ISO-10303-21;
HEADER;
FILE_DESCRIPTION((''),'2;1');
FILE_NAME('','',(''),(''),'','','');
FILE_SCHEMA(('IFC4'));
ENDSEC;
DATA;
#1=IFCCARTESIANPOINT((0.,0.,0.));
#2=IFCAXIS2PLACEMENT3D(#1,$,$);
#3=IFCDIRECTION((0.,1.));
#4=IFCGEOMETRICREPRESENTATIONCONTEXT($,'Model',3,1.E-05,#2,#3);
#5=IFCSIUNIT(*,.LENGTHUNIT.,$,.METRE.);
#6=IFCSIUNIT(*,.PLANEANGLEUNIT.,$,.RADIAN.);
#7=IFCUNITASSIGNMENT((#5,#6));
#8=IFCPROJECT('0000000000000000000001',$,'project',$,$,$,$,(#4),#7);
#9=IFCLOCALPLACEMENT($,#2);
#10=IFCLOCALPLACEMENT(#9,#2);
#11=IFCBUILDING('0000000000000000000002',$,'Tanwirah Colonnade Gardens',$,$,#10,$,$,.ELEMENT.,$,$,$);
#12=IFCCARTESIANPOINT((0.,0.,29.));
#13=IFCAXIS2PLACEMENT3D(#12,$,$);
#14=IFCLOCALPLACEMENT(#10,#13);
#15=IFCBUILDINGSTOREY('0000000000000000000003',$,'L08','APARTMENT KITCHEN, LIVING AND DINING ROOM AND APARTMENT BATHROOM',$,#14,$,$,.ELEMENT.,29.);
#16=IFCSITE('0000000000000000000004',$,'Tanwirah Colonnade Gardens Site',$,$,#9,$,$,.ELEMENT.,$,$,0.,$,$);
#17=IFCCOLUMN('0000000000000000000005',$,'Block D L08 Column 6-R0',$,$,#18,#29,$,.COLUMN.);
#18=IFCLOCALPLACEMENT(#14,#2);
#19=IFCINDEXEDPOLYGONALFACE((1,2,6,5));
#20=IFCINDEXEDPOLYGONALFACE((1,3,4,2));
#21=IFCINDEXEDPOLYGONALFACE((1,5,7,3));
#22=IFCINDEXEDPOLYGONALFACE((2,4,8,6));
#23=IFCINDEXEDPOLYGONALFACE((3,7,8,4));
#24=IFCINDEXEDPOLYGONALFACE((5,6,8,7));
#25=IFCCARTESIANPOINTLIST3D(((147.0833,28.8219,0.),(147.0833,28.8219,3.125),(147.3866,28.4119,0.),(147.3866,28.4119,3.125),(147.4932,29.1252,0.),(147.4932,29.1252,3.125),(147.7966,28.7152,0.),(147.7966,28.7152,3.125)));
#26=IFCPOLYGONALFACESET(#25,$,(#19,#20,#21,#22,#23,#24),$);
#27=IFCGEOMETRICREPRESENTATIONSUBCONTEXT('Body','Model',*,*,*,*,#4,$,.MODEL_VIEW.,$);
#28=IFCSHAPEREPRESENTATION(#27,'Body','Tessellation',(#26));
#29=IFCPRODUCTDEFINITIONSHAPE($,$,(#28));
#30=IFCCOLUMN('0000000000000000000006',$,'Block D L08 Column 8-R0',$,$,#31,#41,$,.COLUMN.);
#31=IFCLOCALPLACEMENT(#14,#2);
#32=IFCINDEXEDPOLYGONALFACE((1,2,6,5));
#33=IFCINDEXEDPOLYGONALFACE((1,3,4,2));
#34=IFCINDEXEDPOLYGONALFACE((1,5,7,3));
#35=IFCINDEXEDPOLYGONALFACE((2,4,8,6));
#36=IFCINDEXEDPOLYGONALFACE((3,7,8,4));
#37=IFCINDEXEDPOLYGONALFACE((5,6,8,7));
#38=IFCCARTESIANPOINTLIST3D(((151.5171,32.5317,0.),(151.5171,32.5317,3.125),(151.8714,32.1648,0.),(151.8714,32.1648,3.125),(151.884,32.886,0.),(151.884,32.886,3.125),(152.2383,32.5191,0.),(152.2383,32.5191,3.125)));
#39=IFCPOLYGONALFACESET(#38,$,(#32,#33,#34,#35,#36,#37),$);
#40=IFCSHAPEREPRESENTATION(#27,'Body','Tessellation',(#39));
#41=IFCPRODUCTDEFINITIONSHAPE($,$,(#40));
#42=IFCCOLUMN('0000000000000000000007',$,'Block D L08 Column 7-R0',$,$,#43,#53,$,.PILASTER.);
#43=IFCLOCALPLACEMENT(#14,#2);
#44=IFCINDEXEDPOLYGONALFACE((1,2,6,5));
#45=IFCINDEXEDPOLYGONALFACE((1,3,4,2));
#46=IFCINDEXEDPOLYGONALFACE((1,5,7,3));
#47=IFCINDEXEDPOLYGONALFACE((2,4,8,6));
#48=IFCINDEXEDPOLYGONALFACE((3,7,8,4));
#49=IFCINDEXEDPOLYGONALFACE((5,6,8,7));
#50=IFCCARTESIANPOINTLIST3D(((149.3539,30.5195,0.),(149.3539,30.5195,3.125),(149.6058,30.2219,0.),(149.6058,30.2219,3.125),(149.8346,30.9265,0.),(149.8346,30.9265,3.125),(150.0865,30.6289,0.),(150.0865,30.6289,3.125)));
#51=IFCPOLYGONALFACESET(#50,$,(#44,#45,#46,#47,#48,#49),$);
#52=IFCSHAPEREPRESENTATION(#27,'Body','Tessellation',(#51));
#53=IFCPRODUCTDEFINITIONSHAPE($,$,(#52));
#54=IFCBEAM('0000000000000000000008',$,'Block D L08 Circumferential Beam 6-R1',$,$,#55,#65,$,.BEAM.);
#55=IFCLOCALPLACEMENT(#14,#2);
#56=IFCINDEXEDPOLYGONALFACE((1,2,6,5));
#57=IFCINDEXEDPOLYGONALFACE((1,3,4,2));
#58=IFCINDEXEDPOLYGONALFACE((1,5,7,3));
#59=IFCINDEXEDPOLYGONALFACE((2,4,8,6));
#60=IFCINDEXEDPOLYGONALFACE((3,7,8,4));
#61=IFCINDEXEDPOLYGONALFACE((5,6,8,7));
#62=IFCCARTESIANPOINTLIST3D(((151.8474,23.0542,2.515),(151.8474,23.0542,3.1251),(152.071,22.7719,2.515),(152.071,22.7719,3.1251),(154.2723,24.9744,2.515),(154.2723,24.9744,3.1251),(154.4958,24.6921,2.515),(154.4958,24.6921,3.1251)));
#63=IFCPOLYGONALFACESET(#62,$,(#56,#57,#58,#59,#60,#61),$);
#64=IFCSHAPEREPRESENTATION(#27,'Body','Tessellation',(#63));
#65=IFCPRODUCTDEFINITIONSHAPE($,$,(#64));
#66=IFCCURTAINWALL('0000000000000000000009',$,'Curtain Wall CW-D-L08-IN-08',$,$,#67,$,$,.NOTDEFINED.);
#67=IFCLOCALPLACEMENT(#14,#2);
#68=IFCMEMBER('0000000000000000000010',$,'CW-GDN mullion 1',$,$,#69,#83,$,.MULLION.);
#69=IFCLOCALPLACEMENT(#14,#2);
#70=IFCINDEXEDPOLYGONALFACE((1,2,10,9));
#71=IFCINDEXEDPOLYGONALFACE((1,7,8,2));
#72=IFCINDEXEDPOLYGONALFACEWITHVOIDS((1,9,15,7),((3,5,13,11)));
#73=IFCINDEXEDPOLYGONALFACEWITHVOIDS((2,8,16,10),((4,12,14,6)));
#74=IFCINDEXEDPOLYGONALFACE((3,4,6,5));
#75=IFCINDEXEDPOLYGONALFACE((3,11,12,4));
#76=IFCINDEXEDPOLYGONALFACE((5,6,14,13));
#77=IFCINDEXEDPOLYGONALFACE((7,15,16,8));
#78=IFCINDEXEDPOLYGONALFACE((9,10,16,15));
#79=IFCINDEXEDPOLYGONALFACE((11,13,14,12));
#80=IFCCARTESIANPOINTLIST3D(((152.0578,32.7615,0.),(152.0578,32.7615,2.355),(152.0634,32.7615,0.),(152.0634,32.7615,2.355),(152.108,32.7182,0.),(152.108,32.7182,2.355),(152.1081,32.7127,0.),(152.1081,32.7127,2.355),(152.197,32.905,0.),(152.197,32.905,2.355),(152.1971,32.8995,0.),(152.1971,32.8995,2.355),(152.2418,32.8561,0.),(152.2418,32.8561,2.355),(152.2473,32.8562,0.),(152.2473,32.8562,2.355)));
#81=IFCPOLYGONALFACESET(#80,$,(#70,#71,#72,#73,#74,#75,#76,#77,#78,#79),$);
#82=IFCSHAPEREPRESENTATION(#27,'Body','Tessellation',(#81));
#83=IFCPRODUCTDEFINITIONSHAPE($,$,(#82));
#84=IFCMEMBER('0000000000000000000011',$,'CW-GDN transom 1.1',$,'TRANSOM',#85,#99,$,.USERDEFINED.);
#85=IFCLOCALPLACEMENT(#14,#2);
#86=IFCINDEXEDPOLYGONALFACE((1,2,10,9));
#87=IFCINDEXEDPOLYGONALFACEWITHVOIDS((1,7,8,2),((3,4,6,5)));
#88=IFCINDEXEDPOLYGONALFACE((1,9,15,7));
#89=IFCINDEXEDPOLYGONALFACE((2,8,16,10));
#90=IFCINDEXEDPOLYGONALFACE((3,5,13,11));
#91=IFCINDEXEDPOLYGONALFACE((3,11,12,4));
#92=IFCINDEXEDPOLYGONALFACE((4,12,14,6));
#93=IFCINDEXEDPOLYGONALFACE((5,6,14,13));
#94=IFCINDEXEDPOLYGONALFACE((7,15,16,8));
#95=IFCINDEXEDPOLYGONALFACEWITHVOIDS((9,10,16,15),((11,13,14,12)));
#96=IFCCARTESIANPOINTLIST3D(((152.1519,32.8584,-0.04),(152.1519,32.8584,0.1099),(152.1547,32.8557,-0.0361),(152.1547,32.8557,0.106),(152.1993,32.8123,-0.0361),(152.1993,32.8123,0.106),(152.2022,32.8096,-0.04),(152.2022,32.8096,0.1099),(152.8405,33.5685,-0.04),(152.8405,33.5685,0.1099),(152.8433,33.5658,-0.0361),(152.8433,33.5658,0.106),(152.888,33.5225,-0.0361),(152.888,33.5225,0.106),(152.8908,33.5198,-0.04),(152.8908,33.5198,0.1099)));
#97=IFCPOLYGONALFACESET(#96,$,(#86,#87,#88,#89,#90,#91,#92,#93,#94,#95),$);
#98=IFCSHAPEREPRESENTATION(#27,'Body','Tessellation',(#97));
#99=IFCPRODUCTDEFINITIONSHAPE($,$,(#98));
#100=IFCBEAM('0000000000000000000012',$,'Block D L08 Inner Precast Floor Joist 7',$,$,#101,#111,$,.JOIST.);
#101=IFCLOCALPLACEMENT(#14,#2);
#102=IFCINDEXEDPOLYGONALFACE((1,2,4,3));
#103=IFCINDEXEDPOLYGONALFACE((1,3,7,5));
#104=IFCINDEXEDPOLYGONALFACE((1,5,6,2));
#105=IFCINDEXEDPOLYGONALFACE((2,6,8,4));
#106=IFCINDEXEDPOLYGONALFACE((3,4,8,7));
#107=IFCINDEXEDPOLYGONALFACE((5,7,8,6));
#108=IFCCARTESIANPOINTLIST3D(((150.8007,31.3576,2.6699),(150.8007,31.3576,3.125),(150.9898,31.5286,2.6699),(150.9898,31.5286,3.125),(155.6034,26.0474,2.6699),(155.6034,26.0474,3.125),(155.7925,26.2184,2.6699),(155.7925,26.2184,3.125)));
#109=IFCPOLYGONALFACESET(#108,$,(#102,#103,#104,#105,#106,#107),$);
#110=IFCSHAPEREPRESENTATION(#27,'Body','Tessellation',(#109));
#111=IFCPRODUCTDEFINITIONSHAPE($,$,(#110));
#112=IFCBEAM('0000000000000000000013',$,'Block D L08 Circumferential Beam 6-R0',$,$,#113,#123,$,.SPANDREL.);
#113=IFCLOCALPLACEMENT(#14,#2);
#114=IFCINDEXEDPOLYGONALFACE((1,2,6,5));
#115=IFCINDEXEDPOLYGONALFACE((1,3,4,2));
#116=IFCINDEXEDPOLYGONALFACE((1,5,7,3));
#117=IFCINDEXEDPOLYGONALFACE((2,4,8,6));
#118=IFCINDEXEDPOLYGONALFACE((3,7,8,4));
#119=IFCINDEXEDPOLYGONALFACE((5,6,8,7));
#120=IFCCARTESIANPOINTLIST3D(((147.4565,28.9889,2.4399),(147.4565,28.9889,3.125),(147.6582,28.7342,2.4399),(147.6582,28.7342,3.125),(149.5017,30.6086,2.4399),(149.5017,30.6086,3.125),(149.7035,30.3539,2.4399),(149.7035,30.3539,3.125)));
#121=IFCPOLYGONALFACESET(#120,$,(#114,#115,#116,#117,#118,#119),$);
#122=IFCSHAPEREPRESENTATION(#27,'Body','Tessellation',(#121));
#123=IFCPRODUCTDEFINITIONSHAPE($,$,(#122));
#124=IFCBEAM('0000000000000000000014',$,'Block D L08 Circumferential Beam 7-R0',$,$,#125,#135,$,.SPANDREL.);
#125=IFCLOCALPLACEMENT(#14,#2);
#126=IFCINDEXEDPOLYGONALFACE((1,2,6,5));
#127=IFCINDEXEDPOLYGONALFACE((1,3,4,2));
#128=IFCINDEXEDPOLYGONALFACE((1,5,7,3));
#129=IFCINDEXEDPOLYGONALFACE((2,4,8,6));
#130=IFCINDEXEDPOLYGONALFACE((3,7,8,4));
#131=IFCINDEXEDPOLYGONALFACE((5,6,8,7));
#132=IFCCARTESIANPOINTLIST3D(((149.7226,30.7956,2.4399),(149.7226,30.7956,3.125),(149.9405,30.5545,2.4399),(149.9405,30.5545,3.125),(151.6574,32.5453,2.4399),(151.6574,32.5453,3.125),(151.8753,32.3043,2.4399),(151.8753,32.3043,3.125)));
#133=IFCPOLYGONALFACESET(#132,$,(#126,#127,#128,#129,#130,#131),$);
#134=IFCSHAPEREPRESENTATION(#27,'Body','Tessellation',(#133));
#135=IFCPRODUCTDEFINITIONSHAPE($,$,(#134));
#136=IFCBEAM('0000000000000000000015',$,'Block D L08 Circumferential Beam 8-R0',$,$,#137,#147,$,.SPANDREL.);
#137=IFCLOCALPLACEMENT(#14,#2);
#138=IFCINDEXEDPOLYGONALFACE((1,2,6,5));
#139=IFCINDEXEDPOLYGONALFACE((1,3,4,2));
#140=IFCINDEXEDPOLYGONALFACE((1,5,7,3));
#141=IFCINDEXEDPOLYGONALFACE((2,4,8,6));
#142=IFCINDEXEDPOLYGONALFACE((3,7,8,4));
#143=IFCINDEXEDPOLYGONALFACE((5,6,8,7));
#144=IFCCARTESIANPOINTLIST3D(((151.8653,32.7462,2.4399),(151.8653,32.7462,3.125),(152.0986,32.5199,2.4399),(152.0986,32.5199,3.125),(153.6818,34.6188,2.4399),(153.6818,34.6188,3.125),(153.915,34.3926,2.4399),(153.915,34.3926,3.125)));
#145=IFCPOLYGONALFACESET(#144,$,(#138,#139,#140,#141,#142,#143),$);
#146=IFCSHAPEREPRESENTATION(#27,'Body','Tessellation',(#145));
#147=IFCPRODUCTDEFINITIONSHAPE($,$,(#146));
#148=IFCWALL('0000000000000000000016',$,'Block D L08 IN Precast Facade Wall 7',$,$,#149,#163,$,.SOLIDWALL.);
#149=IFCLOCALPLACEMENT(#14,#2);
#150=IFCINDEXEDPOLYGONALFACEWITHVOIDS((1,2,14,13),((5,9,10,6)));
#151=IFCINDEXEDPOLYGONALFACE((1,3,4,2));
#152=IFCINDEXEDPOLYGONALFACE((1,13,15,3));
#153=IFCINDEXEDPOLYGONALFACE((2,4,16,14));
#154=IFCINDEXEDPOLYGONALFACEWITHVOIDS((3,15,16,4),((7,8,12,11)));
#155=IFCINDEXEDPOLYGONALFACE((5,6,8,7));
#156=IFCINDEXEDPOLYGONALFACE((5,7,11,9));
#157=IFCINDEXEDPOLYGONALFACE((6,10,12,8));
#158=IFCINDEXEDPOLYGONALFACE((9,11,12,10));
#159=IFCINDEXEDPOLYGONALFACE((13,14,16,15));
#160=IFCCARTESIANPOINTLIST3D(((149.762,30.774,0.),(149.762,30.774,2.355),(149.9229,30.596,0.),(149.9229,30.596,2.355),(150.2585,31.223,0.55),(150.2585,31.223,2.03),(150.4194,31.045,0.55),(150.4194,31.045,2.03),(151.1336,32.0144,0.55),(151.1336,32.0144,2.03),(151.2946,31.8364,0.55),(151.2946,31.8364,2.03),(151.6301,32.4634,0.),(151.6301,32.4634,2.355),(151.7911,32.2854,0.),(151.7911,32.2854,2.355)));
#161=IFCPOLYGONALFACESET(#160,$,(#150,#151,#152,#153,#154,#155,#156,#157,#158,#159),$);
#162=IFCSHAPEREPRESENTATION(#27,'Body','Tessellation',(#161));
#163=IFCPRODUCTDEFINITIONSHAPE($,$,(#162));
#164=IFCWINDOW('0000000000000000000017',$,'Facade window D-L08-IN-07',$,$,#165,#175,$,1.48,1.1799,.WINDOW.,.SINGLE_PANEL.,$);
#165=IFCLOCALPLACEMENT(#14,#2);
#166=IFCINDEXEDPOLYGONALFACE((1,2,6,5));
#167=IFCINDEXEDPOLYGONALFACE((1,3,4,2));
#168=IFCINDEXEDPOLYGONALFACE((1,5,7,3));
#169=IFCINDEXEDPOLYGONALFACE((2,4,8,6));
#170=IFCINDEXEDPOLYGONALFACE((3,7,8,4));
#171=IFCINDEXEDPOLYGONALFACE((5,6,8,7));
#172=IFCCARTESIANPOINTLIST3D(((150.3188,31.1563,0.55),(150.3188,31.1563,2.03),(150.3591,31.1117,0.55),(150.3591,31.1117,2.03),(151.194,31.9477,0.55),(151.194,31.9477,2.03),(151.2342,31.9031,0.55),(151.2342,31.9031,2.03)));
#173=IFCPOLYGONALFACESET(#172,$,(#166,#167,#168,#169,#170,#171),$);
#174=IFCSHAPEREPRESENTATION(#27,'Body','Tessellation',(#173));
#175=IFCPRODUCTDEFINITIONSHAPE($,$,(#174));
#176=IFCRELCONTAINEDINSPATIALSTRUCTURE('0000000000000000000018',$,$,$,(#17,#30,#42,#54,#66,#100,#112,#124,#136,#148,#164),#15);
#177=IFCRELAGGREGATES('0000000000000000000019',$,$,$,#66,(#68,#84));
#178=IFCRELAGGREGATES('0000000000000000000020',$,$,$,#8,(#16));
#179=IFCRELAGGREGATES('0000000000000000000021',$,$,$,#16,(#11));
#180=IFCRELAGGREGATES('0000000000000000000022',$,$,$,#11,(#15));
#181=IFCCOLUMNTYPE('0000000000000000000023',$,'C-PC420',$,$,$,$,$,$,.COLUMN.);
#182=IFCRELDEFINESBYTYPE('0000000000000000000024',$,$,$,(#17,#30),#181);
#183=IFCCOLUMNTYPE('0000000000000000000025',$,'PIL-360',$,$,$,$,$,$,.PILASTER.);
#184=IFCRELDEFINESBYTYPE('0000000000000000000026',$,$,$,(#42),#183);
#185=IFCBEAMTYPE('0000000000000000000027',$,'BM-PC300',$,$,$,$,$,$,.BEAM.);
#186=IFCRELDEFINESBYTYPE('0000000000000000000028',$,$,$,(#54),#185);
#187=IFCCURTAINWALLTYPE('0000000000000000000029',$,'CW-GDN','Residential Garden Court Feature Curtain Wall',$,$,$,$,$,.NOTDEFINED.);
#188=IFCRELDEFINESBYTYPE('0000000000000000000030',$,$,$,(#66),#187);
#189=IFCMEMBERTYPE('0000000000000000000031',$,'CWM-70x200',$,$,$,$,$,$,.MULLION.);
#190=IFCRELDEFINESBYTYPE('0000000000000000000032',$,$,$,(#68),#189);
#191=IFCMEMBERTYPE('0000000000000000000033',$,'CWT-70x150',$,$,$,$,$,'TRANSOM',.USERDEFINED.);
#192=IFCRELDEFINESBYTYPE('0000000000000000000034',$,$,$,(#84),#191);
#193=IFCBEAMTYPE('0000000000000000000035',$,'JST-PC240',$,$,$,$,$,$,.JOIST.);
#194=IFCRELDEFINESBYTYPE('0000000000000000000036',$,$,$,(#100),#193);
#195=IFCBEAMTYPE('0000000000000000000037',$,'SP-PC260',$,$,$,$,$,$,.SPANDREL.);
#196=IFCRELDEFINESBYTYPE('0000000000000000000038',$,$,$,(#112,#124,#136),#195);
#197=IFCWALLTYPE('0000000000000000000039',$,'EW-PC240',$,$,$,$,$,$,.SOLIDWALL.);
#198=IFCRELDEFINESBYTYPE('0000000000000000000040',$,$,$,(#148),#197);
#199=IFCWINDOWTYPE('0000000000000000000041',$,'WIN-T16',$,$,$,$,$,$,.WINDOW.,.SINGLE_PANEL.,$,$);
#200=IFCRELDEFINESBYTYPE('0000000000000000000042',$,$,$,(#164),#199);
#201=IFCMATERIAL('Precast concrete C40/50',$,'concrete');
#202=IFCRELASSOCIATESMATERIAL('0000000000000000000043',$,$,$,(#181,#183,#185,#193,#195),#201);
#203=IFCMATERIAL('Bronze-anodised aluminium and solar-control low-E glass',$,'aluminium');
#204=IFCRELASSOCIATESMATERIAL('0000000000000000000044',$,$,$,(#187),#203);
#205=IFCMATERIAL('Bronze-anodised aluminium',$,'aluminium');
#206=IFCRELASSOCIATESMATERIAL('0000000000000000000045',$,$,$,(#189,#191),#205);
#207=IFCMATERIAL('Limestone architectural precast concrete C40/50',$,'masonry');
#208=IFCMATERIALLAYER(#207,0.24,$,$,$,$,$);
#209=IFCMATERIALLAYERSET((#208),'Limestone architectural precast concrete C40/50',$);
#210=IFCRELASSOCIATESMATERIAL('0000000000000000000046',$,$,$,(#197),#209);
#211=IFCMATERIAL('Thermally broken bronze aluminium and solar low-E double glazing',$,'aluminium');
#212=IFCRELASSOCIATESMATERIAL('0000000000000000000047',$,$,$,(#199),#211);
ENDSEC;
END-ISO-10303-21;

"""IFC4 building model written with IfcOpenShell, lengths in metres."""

from ifc_helpers import new_model, si_unit, direction, frame, frame_2d, origin, origin_2d, place, context, subcontext, project, spatial, rectangle, hollow_rectangle, extrude, material, layer, layer_set, material_profile, profile_set, type_object, element, fill, aggregate, save


model = new_model("IFC4")

# Units and contexts
model_context = context("Model", 3, precision=1e-05, world=origin(), true_north=direction((0.0, 1.0)))
body_context = subcontext(model_context, "Body", "Model", "MODEL_VIEW")
ifc_project = project(units=[si_unit("LENGTHUNIT", "METRE"), si_unit("PLANEANGLEUNIT", "RADIAN")], contexts=[model_context])

# Site, building, storey
site_placement = place(None, origin())
site = spatial("IfcSite", under=ifc_project, at=site_placement, Name="Tanwirah Colonnade Gardens Site", CompositionType="ELEMENT", RefElevation=0.0)
building_placement = place(site_placement, origin())
building = spatial("IfcBuilding", under=site, at=building_placement, Name="Tanwirah Colonnade Gardens", CompositionType="ELEMENT")
storey_placement = place(building_placement, frame((0.0, 0.0, 29.0)))
storey = spatial("IfcBuildingStorey", under=building, at=storey_placement, Name="L08", Description="APARTMENT KITCHEN, LIVING AND DINING ROOM AND APARTMENT BATHROOM", CompositionType="ELEMENT", Elevation=29.0)

# Columns
ifc_material_1 = material(Name="Precast concrete C40/50", Category="concrete")
ifc_material_profile_1 = material_profile(ifc_material_1, rectangle(XDim=0.51, YDim=0.51, at=origin_2d()), Name="PC-COL 510x510")
ifc_profile_set_1 = profile_set([ifc_material_profile_1], Name="Precast concrete C40/50")
column_type_1 = type_object("IfcColumnType", Name="C-PC420", PredefinedType="COLUMN", material=ifc_profile_set_1)
for number, where, z_axis, x_axis, name in (
    (1, (147.4399, 28.7686, 0.0), (0.0, 0.0, 1.0), (0.594823, -0.803857, 0.0), "Block D L08 Column 6-R0"),
    (2, (151.8777, 32.5254, 0.0), (0.0, 0.0, 1.0), (0.694658, -0.71934, 0.0), "Block D L08 Column 8-R0"),
):
    element("IfcColumn", number, at=place(storey_placement, frame(where, z_axis=z_axis, x_axis=x_axis)), inside=storey, type_object=column_type_1, Name=name, PredefinedType="COLUMN", context=body_context, shape_type="SweptSolid", body=[
        extrude(rectangle(XDim=0.51, YDim=0.51, at=origin_2d()), origin(), (0.0, 0.0, 1.0), 3.125),
    ])
ifc_material_profile_2 = material_profile(ifc_material_1, rectangle(XDim=0.3899, YDim=0.6299, at=origin_2d()), Name="PC-PIL 390x630")
ifc_profile_set_2 = profile_set([ifc_material_profile_2], Name="Precast concrete C40/50")
column_type_2 = type_object("IfcColumnType", Name="PIL-360", PredefinedType="PILASTER", material=ifc_profile_set_2)
column_placement = place(storey_placement, frame((149.7202, 30.5742, 0.0), z_axis=(0.0, 0.0, 1.0), x_axis=(0.646124, -0.763232, 0.0)))
element("IfcColumn", 3, at=column_placement, inside=storey, type_object=column_type_2, Name="Block D L08 Column 7-R0", PredefinedType="PILASTER", context=body_context, shape_type="SweptSolid", body=[
    extrude(rectangle(XDim=0.3899, YDim=0.6299, at=origin_2d()), origin(), (0.0, 0.0, 1.0), 3.125),
])

# Beam
ifc_material_profile_3 = material_profile(ifc_material_1, rectangle(XDim=0.3601, YDim=0.6101, at=origin_2d()), Name="PC-BM 360x610")
ifc_profile_set_3 = profile_set([ifc_material_profile_3], Name="Precast concrete C40/50")
beam_type_1 = type_object("IfcBeamType", Name="BM-PC300", PredefinedType="BEAM", material=ifc_profile_set_3)
beam_1_placement = place(storey_placement, frame((151.9592, 22.9131, 2.8201), z_axis=(0.783963, 0.620808, 0.0), x_axis=(-0.620808, 0.783963, 0.0)))
element("IfcBeam", 4, at=beam_1_placement, inside=storey, type_object=beam_type_1, Name="Block D L08 Circumferential Beam 6-R1", PredefinedType="BEAM", context=body_context, shape_type="SweptSolid", body=[
    extrude(rectangle(XDim=0.3601, YDim=0.6101, at=origin_2d()), origin(), (0.0, 0.0, 1.0), 3.093),
])

# Curtain wall, members
ifc_material_2 = material(Name="Bronze-anodised aluminium and solar-control low-E glass", Category="aluminium")
curtain_wall_type = type_object("IfcCurtainWallType", Name="CW-GDN", Description="Residential Garden Court Feature Curtain Wall", PredefinedType="NOTDEFINED", material=ifc_material_2)
curtain_wall_placement = place(storey_placement, origin())
curtain_wall = element("IfcCurtainWall", 5, at=curtain_wall_placement, inside=storey, type_object=curtain_wall_type, Name="Curtain Wall CW-D-L08-IN-08", PredefinedType="NOTDEFINED")
ifc_material_3 = material(Name="Bronze-anodised aluminium", Category="aluminium")
ifc_material_profile_4 = material_profile(ifc_material_3, hollow_rectangle(XDim=0.0701, YDim=0.2, WallThickness=0.0039, at=origin_2d()), Name="CW-MUL 70x200x4")
ifc_profile_set_4 = profile_set([ifc_material_profile_4], Name="Bronze-anodised aluminium")
member_type_1 = type_object("IfcMemberType", Name="CWM-70x200", PredefinedType="MULLION", material=ifc_profile_set_4)
member_1_placement = place(storey_placement, frame((152.1526, 32.8088, 0.0), z_axis=(0.0, 0.0, 1.0), x_axis=(-0.717825, 0.696223, 0.0)))
member_1 = element("IfcMember", 6, at=member_1_placement, type_object=member_type_1, Name="CW-GDN mullion 1", PredefinedType="MULLION", context=body_context, shape_type="SweptSolid", body=[
    extrude(hollow_rectangle(XDim=0.0701, YDim=0.2, WallThickness=0.0039, at=origin_2d()), origin(), (0.0, 0.0, 1.0), 2.355),
])
ifc_material_profile_5 = material_profile(ifc_material_3, hollow_rectangle(XDim=0.0701, YDim=0.1499, WallThickness=0.0039, at=origin_2d()), Name="CW-TRN 70x150x4")
ifc_profile_set_5 = profile_set([ifc_material_profile_5], Name="Bronze-anodised aluminium")
member_type_2 = type_object("IfcMemberType", Name="CWT-70x150", ElementType="TRANSOM", PredefinedType="USERDEFINED", material=ifc_profile_set_5)
member_2_placement = place(storey_placement, frame((152.177, 32.834, 0.0349), z_axis=(0.696165, 0.717882, 0.0), x_axis=(-0.717882, 0.696165, 0.0)))
member_2 = element("IfcMember", 7, at=member_2_placement, type_object=member_type_2, Name="CW-GDN transom 1.1", ObjectType="TRANSOM", PredefinedType="USERDEFINED", context=body_context, shape_type="SweptSolid", body=[
    extrude(hollow_rectangle(XDim=0.0701, YDim=0.1499, WallThickness=0.0039, at=origin_2d()), origin(), (0.0, 0.0, 1.0), 0.9893),
])
aggregate(curtain_wall, [member_1, member_2])

# Beams
ifc_material_profile_6 = material_profile(ifc_material_1, rectangle(XDim=0.2549, YDim=0.4551, at=origin_2d()), Name="PC-JST 255x455")
ifc_profile_set_6 = profile_set([ifc_material_profile_6], Name="Precast concrete C40/50")
beam_type_2 = type_object("IfcBeamType", Name="JST-PC240", PredefinedType="JOIST", material=ifc_profile_set_6)
beam_2_placement = place(storey_placement, frame((150.8953, 31.4431, 2.8975), z_axis=(0.670773, -0.741663, 0.0), x_axis=(0.741663, 0.670773, 0.0)))
element("IfcBeam", 8, at=beam_2_placement, inside=storey, type_object=beam_type_2, Name="Block D L08 Inner Precast Floor Joist 7", PredefinedType="JOIST", context=body_context, shape_type="SweptSolid", body=[
    extrude(rectangle(XDim=0.2549, YDim=0.4551, at=origin_2d()), origin(), (0.0, 0.0, 1.0), 7.1599),
])
ifc_material_profile_7 = material_profile(ifc_material_1, rectangle(XDim=0.325, YDim=0.6851, at=origin_2d()), Name="PC-SP 325x685")
ifc_profile_set_7 = profile_set([ifc_material_profile_7], Name="Precast concrete C40/50")
beam_type_3 = type_object("IfcBeamType", Name="SP-PC260", PredefinedType="SPANDREL", material=ifc_profile_set_7)
beam_3_placement = place(storey_placement, frame((147.5574, 28.8616, 2.7825), z_axis=(0.783945, 0.62083, 0.0), x_axis=(-0.62083, 0.783945, 0.0)))
element("IfcBeam", 9, at=beam_3_placement, inside=storey, type_object=beam_type_3, Name="Block D L08 Circumferential Beam 6-R0", PredefinedType="SPANDREL", context=body_context, shape_type="SweptSolid", body=[
    extrude(rectangle(XDim=0.325, YDim=0.6851, at=origin_2d()), origin(), (0.0, 0.0, 1.0), 2.6089),
])
beam_4_placement = place(storey_placement, frame((149.8315, 30.675, 2.7825), z_axis=(0.741687, 0.670747, 0.0), x_axis=(-0.670747, 0.741687, 0.0)))
element("IfcBeam", 10, at=beam_4_placement, inside=storey, type_object=beam_type_3, Name="Block D L08 Circumferential Beam 7-R0", PredefinedType="SPANDREL", context=body_context, shape_type="SweptSolid", body=[
    extrude(rectangle(XDim=0.325, YDim=0.6851, at=origin_2d()), origin(), (0.0, 0.0, 1.0), 2.6086),
])
beam_5_placement = place(storey_placement, frame((151.9819, 32.6331, 2.7825), z_axis=(0.696263, 0.717787, 0.0), x_axis=(-0.717787, 0.696263, 0.0)))
element("IfcBeam", 11, at=beam_5_placement, inside=storey, type_object=beam_type_3, Name="Block D L08 Circumferential Beam 8-R0", PredefinedType="SPANDREL", context=body_context, shape_type="SweptSolid", body=[
    extrude(rectangle(XDim=0.325, YDim=0.6851, at=origin_2d()), origin(), (0.0, 0.0, 1.0), 2.6089),
])

# Wall, opening, window
ifc_material_4 = material(Name="Limestone architectural precast concrete C40/50", Category="masonry")
ifc_layer_1 = layer(ifc_material_4, 0.24)
ifc_layer_set_1 = layer_set([ifc_layer_1], Name="Limestone architectural precast concrete C40/50")
wall_type_1 = type_object("IfcWallType", Name="EW-PC240", PredefinedType="SOLIDWALL", material=ifc_layer_set_1)
wall_1_placement = place(storey_placement, frame((149.8425, 30.6851, 0.0), z_axis=(0.0, 0.0, 1.0), x_axis=(0.741692, 0.670741, 0.0)))
wall_1 = element("IfcWall", 12, at=wall_1_placement, inside=storey, type_object=wall_type_1, Name="Block D L08 IN Precast Facade Wall 7", PredefinedType="SOLIDWALL", context=body_context, shape_type="SweptSolid", body=[
    extrude(rectangle(XDim=2.5188, YDim=0.24, at=frame_2d((1.2593, 0.0))), origin(), (0.0, 0.0, 1.0), 2.355),
])
opening_1_placement = place(wall_1_placement, frame((0.6694, 0.0, 0.55)))
opening_1 = element("IfcOpeningElement", 13, at=opening_1_placement, cuts=wall_1, PredefinedType="OPENING", context=body_context, shape_type="SweptSolid", body=[
    extrude(rectangle(XDim=1.1799, YDim=1.48, at=frame_2d((0.5898, 0.74))), frame((0.0, 0.1299, 0.0), z_axis=(0.0, -1.0, 0.0), x_axis=(1.0, 0.0, 0.0)), (0.0, 0.0, 1.0), 0.26),
])
ifc_material_5 = material(Name="Thermally broken bronze aluminium and solar low-E double glazing", Category="aluminium")
window_type = type_object("IfcWindowType", Name="WIN-T16", PartitioningType="SINGLE_PANEL", PredefinedType="WINDOW", material=ifc_material_5)
window_placement = place(opening_1_placement, origin())
window = element("IfcWindow", 14, at=window_placement, inside=storey, type_object=window_type, Name="Facade window D-L08-IN-07", OverallHeight=1.48, OverallWidth=1.1799, PartitioningType="SINGLE_PANEL", PredefinedType="WINDOW", context=body_context, shape_type="SweptSolid", body=[
    extrude(rectangle(XDim=1.1799, YDim=1.48, at=frame_2d((0.5898, 0.74))), frame((0.0, 0.03, 0.0), z_axis=(0.0, -1.0, 0.0), x_axis=(1.0, 0.0, 0.0)), (0.0, 0.0, 1.0), 0.0601),
])
fill(opening_1, window)

save(model, "model.ifc")
